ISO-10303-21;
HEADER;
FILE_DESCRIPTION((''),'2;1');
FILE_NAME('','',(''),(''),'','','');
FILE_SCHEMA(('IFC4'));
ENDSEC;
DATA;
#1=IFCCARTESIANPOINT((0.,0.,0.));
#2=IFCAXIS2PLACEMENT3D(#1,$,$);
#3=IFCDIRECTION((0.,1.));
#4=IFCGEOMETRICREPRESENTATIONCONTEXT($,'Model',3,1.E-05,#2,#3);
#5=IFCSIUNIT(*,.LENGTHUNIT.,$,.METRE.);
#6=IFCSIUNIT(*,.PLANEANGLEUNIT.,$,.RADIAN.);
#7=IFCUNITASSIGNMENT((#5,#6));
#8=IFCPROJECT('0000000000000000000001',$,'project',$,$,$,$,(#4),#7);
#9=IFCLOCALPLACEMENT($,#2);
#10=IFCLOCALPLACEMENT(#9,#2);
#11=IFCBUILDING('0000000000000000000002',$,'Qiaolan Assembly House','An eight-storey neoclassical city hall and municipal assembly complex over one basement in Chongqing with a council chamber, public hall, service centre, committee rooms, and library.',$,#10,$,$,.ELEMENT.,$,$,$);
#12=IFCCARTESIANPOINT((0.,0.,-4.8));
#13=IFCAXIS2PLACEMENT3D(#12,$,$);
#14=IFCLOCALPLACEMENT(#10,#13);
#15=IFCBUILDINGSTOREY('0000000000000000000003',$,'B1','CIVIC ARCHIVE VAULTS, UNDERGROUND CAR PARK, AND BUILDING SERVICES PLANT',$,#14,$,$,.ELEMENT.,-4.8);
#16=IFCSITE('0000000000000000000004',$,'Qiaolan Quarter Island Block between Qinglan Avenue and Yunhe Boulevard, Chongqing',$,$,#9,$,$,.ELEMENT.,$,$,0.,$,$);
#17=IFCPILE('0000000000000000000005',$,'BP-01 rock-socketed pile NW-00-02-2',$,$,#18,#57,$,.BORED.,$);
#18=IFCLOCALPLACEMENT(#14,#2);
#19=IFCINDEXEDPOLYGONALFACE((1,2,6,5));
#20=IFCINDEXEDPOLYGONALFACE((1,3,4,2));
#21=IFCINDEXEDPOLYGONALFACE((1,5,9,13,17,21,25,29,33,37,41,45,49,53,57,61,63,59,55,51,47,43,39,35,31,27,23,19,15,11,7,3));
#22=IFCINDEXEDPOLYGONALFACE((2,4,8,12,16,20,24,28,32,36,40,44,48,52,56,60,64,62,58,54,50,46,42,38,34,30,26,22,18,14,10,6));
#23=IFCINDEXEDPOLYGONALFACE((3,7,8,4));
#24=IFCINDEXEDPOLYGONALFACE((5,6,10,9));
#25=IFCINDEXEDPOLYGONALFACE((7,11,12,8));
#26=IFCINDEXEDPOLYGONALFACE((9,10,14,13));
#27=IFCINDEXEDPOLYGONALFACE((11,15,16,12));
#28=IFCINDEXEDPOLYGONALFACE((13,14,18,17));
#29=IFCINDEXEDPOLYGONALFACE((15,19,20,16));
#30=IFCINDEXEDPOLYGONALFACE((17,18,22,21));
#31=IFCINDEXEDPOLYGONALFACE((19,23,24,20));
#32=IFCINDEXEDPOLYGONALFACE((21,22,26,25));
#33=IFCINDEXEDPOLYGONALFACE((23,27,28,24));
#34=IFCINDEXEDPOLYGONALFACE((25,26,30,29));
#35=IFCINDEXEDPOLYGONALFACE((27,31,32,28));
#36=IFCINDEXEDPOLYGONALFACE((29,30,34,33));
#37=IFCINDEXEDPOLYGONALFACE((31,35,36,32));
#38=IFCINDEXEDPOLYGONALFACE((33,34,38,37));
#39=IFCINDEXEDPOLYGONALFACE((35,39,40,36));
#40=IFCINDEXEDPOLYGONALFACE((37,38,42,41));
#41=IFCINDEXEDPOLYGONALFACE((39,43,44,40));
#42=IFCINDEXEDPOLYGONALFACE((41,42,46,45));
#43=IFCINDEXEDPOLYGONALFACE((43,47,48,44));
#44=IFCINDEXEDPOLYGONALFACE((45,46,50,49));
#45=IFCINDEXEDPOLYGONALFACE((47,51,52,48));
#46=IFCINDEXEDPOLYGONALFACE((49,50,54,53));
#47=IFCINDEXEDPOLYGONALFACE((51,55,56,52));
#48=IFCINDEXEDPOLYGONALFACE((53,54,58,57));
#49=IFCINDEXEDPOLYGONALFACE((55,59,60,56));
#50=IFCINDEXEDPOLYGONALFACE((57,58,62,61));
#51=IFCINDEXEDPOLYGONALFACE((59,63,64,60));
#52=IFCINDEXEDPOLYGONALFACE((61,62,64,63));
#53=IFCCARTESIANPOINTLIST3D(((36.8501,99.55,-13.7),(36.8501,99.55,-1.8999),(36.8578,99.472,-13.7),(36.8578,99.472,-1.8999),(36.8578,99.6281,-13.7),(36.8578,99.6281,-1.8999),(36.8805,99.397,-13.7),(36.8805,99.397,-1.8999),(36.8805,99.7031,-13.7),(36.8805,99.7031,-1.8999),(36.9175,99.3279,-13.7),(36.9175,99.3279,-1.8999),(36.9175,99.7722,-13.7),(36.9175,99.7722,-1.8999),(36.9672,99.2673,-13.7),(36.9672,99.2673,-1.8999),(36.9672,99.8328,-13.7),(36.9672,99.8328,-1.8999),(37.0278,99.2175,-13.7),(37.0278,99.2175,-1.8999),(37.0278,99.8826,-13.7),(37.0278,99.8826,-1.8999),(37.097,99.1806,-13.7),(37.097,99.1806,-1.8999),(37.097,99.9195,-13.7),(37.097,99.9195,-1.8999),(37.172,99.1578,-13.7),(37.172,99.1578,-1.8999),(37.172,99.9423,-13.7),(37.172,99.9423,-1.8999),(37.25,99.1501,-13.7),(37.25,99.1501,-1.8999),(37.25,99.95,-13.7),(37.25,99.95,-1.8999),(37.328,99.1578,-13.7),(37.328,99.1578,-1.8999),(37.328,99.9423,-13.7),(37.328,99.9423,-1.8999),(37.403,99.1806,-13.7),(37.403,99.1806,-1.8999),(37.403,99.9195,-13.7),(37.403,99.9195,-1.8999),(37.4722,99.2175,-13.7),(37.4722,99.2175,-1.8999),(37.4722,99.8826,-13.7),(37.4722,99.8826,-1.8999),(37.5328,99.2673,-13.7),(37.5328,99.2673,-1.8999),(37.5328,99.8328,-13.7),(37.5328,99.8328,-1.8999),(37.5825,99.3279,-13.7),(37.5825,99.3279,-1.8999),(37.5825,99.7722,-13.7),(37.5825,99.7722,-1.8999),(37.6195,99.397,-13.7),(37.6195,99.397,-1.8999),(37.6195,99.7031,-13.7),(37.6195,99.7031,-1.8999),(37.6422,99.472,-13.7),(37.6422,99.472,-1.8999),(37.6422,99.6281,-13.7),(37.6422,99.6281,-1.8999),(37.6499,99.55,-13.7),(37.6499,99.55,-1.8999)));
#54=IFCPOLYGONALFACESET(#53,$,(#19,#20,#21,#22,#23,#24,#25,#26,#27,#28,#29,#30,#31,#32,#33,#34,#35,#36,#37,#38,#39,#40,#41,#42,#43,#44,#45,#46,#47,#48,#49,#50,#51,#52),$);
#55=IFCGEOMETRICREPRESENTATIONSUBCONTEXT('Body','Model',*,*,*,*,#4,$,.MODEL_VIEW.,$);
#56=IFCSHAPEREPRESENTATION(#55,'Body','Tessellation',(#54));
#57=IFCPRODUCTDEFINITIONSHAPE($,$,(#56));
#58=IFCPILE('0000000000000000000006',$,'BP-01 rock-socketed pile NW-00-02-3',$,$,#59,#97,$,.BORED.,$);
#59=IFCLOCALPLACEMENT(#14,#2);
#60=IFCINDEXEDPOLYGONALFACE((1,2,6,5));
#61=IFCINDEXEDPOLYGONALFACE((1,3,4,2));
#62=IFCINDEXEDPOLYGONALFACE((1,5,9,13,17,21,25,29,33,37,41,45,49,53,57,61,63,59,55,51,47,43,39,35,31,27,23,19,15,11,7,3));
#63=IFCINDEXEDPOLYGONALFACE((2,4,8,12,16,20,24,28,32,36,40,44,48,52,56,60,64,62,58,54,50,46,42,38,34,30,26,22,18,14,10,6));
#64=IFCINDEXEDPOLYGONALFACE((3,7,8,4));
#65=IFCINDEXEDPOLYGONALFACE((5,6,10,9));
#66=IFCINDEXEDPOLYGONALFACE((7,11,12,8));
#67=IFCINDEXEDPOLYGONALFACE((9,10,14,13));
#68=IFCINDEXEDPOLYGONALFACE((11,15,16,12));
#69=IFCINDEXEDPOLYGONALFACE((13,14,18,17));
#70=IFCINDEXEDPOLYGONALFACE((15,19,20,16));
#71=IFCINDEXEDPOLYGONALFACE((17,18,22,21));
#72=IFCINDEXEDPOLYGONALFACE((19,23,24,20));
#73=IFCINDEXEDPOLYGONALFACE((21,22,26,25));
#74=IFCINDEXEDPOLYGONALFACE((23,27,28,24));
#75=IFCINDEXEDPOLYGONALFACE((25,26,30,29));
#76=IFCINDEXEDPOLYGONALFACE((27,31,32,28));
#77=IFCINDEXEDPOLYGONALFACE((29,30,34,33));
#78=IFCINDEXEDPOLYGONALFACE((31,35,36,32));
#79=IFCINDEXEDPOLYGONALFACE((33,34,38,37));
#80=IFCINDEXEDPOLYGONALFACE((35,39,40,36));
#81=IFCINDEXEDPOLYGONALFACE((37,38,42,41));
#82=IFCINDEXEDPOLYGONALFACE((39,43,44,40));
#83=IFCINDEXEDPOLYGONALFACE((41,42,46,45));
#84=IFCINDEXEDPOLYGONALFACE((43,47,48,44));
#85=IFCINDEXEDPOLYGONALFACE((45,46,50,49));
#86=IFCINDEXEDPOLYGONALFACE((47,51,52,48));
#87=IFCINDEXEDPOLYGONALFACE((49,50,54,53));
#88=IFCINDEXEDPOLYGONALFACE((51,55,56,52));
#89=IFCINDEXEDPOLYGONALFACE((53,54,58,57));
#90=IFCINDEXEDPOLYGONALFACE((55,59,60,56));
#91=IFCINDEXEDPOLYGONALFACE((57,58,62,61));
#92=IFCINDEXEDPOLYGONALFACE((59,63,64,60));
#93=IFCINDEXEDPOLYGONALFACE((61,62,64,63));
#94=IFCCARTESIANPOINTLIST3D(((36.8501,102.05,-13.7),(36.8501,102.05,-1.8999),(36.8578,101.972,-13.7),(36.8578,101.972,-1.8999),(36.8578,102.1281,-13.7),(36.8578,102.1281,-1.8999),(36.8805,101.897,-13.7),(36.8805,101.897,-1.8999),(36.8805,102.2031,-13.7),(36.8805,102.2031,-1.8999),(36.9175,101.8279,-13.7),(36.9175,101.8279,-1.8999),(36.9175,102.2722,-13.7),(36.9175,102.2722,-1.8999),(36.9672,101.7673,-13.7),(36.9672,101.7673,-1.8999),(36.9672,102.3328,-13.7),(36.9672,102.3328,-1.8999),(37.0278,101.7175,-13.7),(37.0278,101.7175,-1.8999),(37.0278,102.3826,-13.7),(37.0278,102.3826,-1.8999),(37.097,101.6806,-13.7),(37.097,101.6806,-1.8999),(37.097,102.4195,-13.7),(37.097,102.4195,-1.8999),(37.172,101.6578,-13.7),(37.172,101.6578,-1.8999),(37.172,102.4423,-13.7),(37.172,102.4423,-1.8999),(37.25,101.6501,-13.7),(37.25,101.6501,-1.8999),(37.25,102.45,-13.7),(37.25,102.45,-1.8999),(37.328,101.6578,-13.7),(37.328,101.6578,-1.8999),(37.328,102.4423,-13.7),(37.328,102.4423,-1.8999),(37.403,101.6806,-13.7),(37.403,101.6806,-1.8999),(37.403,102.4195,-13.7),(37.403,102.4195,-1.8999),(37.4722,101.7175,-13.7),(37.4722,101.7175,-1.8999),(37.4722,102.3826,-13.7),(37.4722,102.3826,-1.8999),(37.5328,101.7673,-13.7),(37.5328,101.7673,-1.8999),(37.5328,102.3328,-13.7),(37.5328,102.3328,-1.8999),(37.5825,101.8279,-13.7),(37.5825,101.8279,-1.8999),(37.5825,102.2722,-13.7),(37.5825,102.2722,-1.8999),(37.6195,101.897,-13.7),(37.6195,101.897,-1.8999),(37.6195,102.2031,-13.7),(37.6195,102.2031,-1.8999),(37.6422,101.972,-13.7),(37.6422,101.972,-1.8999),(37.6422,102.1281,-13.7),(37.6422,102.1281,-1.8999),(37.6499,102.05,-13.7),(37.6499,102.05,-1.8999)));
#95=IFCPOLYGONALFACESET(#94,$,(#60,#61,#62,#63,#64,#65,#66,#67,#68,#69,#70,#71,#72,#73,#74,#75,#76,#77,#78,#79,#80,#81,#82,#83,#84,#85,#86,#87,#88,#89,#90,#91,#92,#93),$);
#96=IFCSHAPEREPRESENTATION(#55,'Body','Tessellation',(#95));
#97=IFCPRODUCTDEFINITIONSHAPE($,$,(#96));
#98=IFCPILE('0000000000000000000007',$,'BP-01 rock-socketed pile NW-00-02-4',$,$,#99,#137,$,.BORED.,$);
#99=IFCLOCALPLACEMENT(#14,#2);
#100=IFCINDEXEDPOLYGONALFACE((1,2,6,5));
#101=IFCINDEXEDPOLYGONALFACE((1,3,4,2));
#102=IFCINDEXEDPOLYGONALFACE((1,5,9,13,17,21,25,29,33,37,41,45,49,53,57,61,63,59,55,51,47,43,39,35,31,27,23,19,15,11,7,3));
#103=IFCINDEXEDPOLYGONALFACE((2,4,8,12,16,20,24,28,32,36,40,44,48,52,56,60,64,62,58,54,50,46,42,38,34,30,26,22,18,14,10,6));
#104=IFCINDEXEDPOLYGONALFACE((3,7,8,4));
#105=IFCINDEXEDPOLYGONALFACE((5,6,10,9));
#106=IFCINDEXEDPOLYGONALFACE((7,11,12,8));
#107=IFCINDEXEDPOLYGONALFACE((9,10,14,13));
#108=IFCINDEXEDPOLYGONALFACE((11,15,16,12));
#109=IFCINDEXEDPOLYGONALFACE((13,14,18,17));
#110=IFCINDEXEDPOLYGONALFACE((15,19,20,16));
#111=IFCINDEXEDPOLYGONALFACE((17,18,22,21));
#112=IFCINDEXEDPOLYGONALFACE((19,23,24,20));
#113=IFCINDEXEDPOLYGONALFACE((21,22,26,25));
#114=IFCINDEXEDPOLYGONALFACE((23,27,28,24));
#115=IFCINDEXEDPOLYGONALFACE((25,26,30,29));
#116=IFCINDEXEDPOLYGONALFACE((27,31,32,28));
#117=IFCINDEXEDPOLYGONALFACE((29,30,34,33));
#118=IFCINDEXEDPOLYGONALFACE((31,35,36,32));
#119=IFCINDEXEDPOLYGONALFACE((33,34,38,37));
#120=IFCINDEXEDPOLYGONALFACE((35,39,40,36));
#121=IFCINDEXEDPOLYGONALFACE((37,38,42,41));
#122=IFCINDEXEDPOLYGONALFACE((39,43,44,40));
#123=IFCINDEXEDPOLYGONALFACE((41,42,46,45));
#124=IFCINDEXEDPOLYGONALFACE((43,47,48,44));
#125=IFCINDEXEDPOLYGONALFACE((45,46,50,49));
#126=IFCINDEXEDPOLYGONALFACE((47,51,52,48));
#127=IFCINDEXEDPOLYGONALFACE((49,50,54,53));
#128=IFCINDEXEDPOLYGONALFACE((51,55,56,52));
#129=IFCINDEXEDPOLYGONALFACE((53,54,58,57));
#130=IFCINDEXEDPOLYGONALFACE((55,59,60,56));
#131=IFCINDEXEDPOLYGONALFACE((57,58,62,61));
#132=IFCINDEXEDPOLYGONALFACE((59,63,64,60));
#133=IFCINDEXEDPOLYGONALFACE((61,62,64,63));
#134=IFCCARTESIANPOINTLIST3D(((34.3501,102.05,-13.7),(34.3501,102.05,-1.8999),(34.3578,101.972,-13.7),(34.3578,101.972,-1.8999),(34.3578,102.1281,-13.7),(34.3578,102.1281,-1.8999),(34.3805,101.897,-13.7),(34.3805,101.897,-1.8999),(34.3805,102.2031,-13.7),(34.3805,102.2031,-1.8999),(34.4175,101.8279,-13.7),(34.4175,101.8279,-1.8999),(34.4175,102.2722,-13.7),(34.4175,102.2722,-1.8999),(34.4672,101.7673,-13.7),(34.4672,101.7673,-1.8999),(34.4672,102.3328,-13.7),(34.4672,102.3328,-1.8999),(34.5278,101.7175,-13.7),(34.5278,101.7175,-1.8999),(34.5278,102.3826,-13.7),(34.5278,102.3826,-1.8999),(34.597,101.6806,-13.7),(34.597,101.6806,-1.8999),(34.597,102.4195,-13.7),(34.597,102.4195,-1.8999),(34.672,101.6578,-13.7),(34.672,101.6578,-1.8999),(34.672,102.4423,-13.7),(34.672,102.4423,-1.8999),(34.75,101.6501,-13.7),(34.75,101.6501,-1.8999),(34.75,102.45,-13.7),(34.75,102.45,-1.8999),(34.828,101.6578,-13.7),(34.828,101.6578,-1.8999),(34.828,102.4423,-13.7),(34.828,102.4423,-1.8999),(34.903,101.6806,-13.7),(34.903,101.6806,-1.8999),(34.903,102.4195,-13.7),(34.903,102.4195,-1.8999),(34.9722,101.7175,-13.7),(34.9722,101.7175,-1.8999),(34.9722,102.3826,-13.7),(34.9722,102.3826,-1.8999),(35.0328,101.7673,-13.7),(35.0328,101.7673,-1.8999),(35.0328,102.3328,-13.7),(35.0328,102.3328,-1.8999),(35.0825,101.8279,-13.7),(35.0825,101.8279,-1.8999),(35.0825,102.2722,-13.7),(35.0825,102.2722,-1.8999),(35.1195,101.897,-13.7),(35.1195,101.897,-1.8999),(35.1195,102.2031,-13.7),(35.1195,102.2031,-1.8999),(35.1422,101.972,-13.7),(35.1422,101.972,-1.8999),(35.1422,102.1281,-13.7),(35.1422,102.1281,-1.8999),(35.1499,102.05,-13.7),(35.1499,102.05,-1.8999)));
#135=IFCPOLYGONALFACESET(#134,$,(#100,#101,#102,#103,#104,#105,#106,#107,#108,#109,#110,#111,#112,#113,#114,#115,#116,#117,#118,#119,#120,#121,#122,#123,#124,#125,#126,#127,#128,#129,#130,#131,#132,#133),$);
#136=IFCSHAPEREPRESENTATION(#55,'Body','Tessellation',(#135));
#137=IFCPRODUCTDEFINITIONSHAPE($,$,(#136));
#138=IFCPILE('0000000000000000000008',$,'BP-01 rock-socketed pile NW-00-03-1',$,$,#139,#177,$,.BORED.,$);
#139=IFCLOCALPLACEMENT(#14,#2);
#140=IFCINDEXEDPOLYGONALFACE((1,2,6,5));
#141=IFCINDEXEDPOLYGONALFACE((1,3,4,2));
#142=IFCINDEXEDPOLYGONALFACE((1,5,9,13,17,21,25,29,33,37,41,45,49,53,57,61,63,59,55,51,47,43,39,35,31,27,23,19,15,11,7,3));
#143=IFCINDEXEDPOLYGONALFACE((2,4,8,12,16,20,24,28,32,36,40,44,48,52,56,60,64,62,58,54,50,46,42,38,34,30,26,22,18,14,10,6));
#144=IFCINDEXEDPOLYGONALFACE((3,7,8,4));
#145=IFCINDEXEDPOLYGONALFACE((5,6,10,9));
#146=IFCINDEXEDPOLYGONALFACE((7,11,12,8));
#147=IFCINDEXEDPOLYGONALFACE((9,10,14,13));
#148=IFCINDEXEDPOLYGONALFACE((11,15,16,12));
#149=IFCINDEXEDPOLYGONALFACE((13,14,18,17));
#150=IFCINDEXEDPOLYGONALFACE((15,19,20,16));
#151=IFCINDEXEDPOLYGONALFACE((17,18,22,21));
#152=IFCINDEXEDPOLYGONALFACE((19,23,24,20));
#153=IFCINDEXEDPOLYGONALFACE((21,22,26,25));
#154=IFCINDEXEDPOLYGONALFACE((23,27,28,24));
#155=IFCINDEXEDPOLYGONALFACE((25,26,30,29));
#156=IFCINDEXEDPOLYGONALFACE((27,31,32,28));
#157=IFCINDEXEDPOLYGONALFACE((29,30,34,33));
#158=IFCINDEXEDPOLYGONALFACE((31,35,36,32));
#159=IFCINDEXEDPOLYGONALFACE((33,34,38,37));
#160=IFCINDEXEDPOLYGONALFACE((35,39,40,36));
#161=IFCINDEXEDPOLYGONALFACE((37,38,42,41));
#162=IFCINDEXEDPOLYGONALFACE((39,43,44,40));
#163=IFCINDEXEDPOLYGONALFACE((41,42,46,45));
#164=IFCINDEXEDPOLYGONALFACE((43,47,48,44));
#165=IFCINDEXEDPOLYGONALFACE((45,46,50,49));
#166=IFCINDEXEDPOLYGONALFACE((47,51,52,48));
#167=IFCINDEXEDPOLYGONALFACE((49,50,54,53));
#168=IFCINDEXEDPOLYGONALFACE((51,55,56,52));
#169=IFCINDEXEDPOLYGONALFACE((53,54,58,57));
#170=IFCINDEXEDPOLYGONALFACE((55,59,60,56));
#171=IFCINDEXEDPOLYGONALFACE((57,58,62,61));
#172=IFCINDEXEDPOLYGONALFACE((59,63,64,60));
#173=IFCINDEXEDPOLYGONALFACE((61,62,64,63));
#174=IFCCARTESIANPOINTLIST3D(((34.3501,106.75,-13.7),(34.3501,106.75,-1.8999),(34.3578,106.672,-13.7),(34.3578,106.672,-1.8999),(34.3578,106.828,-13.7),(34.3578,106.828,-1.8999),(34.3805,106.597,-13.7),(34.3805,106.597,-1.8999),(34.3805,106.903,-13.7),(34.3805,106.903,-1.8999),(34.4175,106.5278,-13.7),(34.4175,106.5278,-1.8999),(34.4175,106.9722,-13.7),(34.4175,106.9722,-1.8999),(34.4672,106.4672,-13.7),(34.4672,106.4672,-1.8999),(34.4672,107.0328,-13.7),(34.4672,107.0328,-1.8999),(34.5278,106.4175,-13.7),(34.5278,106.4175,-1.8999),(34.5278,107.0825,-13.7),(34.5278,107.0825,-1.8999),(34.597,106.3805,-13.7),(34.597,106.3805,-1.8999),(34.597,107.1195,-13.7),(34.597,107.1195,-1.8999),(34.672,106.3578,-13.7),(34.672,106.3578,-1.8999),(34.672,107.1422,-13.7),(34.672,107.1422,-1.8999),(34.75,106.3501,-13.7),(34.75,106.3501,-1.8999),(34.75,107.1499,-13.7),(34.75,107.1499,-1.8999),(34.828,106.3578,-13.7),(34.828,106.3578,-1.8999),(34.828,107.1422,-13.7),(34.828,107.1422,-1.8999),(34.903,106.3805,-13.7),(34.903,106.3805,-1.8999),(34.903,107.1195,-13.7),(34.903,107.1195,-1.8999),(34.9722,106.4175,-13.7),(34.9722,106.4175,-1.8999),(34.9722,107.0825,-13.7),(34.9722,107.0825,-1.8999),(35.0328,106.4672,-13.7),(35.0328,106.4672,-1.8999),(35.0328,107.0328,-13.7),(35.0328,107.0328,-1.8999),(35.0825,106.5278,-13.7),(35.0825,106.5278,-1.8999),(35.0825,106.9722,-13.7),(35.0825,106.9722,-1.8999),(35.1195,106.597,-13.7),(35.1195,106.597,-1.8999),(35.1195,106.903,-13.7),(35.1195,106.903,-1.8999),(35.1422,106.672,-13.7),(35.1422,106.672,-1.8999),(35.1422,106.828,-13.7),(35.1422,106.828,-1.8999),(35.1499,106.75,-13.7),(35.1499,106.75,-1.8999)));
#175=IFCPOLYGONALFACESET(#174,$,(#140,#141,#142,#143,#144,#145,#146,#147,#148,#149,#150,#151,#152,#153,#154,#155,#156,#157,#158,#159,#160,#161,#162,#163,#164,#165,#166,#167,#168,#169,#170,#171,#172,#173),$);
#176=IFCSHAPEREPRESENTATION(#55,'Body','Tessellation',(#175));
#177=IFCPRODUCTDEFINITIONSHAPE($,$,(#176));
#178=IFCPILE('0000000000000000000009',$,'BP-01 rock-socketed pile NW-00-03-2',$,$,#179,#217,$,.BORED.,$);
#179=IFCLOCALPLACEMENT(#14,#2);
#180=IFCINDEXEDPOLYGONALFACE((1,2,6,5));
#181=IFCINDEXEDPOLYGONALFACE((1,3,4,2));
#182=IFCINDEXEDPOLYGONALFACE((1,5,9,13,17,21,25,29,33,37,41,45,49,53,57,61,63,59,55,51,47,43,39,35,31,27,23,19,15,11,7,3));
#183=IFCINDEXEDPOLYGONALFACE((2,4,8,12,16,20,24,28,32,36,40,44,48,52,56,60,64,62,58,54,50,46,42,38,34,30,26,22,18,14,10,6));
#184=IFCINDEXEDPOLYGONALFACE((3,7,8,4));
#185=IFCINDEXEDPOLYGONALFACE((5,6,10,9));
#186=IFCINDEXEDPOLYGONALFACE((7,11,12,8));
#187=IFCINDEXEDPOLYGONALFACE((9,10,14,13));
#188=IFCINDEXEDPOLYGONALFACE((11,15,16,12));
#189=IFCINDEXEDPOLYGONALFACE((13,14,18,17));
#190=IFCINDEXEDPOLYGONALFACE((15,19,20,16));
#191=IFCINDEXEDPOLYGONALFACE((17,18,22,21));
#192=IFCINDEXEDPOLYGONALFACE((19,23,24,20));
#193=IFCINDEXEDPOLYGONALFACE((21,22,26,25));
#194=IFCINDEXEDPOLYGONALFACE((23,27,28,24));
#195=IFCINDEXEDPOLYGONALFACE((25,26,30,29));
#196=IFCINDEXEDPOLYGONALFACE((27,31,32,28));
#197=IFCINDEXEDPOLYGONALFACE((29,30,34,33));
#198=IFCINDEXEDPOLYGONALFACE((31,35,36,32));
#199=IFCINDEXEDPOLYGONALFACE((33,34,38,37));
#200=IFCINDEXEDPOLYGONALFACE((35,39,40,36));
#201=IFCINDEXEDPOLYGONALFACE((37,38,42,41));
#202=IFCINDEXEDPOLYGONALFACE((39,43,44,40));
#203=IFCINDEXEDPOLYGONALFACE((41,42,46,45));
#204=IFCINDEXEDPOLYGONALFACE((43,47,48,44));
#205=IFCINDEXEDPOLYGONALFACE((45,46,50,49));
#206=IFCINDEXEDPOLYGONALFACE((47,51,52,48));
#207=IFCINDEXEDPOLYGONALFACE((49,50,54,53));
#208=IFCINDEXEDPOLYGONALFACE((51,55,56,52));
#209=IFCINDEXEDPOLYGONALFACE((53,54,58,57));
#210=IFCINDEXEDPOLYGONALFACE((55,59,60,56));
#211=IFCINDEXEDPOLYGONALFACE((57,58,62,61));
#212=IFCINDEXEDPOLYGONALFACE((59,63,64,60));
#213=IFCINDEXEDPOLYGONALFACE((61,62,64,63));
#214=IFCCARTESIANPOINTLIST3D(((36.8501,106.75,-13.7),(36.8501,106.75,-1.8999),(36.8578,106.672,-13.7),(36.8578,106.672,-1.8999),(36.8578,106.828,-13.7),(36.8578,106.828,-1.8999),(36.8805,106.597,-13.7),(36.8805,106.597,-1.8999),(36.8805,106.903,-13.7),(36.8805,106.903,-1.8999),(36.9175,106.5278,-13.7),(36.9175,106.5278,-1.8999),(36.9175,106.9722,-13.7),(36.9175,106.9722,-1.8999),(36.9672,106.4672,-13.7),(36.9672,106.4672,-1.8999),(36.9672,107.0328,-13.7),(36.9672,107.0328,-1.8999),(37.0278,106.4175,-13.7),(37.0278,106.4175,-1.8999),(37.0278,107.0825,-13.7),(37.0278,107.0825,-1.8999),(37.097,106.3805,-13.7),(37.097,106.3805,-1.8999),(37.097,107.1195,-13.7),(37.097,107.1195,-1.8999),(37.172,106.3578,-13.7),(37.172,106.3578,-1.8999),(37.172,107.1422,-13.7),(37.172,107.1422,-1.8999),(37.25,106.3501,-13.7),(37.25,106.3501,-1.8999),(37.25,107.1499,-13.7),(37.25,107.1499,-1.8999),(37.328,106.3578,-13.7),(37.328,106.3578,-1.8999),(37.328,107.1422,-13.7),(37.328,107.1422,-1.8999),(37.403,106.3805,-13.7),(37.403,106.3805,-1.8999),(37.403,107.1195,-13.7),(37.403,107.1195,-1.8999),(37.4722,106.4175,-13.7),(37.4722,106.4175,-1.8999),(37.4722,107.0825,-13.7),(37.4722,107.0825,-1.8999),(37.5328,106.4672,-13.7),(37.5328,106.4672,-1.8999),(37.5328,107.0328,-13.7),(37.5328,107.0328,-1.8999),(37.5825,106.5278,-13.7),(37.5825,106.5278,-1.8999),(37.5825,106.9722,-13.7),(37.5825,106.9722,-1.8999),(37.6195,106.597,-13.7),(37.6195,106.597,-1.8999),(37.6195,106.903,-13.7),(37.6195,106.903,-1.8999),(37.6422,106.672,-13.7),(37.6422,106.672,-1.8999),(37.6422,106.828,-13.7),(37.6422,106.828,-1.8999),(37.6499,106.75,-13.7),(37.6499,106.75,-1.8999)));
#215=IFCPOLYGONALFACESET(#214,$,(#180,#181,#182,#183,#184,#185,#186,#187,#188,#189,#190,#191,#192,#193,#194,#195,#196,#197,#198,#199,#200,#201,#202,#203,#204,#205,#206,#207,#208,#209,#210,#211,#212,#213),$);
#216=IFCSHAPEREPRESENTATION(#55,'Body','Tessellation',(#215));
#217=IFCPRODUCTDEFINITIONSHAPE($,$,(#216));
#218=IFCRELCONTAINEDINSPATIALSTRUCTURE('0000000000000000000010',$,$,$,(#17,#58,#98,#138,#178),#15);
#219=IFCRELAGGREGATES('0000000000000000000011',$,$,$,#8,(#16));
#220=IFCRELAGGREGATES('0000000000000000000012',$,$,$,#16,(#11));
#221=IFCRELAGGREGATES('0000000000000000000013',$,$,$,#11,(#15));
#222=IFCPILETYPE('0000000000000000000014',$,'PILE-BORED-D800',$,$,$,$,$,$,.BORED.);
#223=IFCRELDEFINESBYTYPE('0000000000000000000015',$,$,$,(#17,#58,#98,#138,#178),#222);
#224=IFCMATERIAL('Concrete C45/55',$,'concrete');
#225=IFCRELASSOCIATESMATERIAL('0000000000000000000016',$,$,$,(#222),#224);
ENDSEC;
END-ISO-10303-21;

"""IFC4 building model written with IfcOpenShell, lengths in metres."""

from ifc_helpers import new_model, si_unit, direction, frame, origin, origin_2d, place, context, subcontext, project, spatial, circle, extrude, material, material_profile, profile_set, type_object, element, save


model = new_model("IFC4")

# Units and contexts
model_context = context("Model", 3, precision=1e-05, world=origin(), true_north=direction((0.0, 1.0)))
body_context = subcontext(model_context, "Body", "Model", "MODEL_VIEW")
ifc_project = project(units=[si_unit("LENGTHUNIT", "METRE"), si_unit("PLANEANGLEUNIT", "RADIAN")], contexts=[model_context])

# Site, building, storey
site_placement = place(None, origin())
site = spatial("IfcSite", under=ifc_project, at=site_placement, Name="Qiaolan Quarter Island Block between Qinglan Avenue and Yunhe Boulevard, Chongqing", CompositionType="ELEMENT", RefElevation=0.0)
building_placement = place(site_placement, origin())
building = spatial("IfcBuilding", under=site, at=building_placement, Name="Qiaolan Assembly House", Description="An eight-storey neoclassical city hall and municipal assembly complex over one basement in Chongqing with a council chamber, public hall, service centre, committee rooms, and library.", CompositionType="ELEMENT")
storey_placement = place(building_placement, frame((0.0, 0.0, -4.8)))
storey = spatial("IfcBuildingStorey", under=building, at=storey_placement, Name="B1", Description="CIVIC ARCHIVE VAULTS, UNDERGROUND CAR PARK, AND BUILDING SERVICES PLANT", CompositionType="ELEMENT", Elevation=-4.8)

# Piles
ifc_material_1 = material(Name="Concrete C45/55", Category="concrete")
ifc_material_profile_1 = material_profile(ifc_material_1, circle(Radius=0.3999, at=origin_2d()), Name="PILE D800")
ifc_profile_set_1 = profile_set([ifc_material_profile_1], Name="Concrete C45/55")
pile_type_1 = type_object("IfcPileType", Name="PILE-BORED-D800", PredefinedType="BORED", material=ifc_profile_set_1)
for number, where, z_axis, x_axis, name in (
    (1, (37.25, 99.55, -1.8999), (0.0, 0.0, -1.0), (1.0, 0.0, 0.0), "BP-01 rock-socketed pile NW-00-02-2"),
    (2, (37.25, 102.05, -1.8999), (0.0, 0.0, -1.0), (1.0, 0.0, 0.0), "BP-01 rock-socketed pile NW-00-02-3"),
    (3, (34.75, 102.05, -1.8999), (0.0, 0.0, -1.0), (1.0, 0.0, 0.0), "BP-01 rock-socketed pile NW-00-02-4"),
    (4, (34.75, 106.75, -1.8999), (0.0, 0.0, -1.0), (1.0, 0.0, 0.0), "BP-01 rock-socketed pile NW-00-03-1"),
    (5, (37.25, 106.75, -1.8999), (0.0, 0.0, -1.0), (1.0, 0.0, 0.0), "BP-01 rock-socketed pile NW-00-03-2"),
):
    element("IfcPile", number, at=place(storey_placement, frame(where, z_axis=z_axis, x_axis=x_axis)), inside=storey, type_object=pile_type_1, Name=name, PredefinedType="BORED", context=body_context, shape_type="SweptSolid", body=[
        extrude(circle(Radius=0.3999, at=origin_2d()), origin(), (0.0, 0.0, 1.0), 11.8),
    ])

save(model, "model.ifc")
